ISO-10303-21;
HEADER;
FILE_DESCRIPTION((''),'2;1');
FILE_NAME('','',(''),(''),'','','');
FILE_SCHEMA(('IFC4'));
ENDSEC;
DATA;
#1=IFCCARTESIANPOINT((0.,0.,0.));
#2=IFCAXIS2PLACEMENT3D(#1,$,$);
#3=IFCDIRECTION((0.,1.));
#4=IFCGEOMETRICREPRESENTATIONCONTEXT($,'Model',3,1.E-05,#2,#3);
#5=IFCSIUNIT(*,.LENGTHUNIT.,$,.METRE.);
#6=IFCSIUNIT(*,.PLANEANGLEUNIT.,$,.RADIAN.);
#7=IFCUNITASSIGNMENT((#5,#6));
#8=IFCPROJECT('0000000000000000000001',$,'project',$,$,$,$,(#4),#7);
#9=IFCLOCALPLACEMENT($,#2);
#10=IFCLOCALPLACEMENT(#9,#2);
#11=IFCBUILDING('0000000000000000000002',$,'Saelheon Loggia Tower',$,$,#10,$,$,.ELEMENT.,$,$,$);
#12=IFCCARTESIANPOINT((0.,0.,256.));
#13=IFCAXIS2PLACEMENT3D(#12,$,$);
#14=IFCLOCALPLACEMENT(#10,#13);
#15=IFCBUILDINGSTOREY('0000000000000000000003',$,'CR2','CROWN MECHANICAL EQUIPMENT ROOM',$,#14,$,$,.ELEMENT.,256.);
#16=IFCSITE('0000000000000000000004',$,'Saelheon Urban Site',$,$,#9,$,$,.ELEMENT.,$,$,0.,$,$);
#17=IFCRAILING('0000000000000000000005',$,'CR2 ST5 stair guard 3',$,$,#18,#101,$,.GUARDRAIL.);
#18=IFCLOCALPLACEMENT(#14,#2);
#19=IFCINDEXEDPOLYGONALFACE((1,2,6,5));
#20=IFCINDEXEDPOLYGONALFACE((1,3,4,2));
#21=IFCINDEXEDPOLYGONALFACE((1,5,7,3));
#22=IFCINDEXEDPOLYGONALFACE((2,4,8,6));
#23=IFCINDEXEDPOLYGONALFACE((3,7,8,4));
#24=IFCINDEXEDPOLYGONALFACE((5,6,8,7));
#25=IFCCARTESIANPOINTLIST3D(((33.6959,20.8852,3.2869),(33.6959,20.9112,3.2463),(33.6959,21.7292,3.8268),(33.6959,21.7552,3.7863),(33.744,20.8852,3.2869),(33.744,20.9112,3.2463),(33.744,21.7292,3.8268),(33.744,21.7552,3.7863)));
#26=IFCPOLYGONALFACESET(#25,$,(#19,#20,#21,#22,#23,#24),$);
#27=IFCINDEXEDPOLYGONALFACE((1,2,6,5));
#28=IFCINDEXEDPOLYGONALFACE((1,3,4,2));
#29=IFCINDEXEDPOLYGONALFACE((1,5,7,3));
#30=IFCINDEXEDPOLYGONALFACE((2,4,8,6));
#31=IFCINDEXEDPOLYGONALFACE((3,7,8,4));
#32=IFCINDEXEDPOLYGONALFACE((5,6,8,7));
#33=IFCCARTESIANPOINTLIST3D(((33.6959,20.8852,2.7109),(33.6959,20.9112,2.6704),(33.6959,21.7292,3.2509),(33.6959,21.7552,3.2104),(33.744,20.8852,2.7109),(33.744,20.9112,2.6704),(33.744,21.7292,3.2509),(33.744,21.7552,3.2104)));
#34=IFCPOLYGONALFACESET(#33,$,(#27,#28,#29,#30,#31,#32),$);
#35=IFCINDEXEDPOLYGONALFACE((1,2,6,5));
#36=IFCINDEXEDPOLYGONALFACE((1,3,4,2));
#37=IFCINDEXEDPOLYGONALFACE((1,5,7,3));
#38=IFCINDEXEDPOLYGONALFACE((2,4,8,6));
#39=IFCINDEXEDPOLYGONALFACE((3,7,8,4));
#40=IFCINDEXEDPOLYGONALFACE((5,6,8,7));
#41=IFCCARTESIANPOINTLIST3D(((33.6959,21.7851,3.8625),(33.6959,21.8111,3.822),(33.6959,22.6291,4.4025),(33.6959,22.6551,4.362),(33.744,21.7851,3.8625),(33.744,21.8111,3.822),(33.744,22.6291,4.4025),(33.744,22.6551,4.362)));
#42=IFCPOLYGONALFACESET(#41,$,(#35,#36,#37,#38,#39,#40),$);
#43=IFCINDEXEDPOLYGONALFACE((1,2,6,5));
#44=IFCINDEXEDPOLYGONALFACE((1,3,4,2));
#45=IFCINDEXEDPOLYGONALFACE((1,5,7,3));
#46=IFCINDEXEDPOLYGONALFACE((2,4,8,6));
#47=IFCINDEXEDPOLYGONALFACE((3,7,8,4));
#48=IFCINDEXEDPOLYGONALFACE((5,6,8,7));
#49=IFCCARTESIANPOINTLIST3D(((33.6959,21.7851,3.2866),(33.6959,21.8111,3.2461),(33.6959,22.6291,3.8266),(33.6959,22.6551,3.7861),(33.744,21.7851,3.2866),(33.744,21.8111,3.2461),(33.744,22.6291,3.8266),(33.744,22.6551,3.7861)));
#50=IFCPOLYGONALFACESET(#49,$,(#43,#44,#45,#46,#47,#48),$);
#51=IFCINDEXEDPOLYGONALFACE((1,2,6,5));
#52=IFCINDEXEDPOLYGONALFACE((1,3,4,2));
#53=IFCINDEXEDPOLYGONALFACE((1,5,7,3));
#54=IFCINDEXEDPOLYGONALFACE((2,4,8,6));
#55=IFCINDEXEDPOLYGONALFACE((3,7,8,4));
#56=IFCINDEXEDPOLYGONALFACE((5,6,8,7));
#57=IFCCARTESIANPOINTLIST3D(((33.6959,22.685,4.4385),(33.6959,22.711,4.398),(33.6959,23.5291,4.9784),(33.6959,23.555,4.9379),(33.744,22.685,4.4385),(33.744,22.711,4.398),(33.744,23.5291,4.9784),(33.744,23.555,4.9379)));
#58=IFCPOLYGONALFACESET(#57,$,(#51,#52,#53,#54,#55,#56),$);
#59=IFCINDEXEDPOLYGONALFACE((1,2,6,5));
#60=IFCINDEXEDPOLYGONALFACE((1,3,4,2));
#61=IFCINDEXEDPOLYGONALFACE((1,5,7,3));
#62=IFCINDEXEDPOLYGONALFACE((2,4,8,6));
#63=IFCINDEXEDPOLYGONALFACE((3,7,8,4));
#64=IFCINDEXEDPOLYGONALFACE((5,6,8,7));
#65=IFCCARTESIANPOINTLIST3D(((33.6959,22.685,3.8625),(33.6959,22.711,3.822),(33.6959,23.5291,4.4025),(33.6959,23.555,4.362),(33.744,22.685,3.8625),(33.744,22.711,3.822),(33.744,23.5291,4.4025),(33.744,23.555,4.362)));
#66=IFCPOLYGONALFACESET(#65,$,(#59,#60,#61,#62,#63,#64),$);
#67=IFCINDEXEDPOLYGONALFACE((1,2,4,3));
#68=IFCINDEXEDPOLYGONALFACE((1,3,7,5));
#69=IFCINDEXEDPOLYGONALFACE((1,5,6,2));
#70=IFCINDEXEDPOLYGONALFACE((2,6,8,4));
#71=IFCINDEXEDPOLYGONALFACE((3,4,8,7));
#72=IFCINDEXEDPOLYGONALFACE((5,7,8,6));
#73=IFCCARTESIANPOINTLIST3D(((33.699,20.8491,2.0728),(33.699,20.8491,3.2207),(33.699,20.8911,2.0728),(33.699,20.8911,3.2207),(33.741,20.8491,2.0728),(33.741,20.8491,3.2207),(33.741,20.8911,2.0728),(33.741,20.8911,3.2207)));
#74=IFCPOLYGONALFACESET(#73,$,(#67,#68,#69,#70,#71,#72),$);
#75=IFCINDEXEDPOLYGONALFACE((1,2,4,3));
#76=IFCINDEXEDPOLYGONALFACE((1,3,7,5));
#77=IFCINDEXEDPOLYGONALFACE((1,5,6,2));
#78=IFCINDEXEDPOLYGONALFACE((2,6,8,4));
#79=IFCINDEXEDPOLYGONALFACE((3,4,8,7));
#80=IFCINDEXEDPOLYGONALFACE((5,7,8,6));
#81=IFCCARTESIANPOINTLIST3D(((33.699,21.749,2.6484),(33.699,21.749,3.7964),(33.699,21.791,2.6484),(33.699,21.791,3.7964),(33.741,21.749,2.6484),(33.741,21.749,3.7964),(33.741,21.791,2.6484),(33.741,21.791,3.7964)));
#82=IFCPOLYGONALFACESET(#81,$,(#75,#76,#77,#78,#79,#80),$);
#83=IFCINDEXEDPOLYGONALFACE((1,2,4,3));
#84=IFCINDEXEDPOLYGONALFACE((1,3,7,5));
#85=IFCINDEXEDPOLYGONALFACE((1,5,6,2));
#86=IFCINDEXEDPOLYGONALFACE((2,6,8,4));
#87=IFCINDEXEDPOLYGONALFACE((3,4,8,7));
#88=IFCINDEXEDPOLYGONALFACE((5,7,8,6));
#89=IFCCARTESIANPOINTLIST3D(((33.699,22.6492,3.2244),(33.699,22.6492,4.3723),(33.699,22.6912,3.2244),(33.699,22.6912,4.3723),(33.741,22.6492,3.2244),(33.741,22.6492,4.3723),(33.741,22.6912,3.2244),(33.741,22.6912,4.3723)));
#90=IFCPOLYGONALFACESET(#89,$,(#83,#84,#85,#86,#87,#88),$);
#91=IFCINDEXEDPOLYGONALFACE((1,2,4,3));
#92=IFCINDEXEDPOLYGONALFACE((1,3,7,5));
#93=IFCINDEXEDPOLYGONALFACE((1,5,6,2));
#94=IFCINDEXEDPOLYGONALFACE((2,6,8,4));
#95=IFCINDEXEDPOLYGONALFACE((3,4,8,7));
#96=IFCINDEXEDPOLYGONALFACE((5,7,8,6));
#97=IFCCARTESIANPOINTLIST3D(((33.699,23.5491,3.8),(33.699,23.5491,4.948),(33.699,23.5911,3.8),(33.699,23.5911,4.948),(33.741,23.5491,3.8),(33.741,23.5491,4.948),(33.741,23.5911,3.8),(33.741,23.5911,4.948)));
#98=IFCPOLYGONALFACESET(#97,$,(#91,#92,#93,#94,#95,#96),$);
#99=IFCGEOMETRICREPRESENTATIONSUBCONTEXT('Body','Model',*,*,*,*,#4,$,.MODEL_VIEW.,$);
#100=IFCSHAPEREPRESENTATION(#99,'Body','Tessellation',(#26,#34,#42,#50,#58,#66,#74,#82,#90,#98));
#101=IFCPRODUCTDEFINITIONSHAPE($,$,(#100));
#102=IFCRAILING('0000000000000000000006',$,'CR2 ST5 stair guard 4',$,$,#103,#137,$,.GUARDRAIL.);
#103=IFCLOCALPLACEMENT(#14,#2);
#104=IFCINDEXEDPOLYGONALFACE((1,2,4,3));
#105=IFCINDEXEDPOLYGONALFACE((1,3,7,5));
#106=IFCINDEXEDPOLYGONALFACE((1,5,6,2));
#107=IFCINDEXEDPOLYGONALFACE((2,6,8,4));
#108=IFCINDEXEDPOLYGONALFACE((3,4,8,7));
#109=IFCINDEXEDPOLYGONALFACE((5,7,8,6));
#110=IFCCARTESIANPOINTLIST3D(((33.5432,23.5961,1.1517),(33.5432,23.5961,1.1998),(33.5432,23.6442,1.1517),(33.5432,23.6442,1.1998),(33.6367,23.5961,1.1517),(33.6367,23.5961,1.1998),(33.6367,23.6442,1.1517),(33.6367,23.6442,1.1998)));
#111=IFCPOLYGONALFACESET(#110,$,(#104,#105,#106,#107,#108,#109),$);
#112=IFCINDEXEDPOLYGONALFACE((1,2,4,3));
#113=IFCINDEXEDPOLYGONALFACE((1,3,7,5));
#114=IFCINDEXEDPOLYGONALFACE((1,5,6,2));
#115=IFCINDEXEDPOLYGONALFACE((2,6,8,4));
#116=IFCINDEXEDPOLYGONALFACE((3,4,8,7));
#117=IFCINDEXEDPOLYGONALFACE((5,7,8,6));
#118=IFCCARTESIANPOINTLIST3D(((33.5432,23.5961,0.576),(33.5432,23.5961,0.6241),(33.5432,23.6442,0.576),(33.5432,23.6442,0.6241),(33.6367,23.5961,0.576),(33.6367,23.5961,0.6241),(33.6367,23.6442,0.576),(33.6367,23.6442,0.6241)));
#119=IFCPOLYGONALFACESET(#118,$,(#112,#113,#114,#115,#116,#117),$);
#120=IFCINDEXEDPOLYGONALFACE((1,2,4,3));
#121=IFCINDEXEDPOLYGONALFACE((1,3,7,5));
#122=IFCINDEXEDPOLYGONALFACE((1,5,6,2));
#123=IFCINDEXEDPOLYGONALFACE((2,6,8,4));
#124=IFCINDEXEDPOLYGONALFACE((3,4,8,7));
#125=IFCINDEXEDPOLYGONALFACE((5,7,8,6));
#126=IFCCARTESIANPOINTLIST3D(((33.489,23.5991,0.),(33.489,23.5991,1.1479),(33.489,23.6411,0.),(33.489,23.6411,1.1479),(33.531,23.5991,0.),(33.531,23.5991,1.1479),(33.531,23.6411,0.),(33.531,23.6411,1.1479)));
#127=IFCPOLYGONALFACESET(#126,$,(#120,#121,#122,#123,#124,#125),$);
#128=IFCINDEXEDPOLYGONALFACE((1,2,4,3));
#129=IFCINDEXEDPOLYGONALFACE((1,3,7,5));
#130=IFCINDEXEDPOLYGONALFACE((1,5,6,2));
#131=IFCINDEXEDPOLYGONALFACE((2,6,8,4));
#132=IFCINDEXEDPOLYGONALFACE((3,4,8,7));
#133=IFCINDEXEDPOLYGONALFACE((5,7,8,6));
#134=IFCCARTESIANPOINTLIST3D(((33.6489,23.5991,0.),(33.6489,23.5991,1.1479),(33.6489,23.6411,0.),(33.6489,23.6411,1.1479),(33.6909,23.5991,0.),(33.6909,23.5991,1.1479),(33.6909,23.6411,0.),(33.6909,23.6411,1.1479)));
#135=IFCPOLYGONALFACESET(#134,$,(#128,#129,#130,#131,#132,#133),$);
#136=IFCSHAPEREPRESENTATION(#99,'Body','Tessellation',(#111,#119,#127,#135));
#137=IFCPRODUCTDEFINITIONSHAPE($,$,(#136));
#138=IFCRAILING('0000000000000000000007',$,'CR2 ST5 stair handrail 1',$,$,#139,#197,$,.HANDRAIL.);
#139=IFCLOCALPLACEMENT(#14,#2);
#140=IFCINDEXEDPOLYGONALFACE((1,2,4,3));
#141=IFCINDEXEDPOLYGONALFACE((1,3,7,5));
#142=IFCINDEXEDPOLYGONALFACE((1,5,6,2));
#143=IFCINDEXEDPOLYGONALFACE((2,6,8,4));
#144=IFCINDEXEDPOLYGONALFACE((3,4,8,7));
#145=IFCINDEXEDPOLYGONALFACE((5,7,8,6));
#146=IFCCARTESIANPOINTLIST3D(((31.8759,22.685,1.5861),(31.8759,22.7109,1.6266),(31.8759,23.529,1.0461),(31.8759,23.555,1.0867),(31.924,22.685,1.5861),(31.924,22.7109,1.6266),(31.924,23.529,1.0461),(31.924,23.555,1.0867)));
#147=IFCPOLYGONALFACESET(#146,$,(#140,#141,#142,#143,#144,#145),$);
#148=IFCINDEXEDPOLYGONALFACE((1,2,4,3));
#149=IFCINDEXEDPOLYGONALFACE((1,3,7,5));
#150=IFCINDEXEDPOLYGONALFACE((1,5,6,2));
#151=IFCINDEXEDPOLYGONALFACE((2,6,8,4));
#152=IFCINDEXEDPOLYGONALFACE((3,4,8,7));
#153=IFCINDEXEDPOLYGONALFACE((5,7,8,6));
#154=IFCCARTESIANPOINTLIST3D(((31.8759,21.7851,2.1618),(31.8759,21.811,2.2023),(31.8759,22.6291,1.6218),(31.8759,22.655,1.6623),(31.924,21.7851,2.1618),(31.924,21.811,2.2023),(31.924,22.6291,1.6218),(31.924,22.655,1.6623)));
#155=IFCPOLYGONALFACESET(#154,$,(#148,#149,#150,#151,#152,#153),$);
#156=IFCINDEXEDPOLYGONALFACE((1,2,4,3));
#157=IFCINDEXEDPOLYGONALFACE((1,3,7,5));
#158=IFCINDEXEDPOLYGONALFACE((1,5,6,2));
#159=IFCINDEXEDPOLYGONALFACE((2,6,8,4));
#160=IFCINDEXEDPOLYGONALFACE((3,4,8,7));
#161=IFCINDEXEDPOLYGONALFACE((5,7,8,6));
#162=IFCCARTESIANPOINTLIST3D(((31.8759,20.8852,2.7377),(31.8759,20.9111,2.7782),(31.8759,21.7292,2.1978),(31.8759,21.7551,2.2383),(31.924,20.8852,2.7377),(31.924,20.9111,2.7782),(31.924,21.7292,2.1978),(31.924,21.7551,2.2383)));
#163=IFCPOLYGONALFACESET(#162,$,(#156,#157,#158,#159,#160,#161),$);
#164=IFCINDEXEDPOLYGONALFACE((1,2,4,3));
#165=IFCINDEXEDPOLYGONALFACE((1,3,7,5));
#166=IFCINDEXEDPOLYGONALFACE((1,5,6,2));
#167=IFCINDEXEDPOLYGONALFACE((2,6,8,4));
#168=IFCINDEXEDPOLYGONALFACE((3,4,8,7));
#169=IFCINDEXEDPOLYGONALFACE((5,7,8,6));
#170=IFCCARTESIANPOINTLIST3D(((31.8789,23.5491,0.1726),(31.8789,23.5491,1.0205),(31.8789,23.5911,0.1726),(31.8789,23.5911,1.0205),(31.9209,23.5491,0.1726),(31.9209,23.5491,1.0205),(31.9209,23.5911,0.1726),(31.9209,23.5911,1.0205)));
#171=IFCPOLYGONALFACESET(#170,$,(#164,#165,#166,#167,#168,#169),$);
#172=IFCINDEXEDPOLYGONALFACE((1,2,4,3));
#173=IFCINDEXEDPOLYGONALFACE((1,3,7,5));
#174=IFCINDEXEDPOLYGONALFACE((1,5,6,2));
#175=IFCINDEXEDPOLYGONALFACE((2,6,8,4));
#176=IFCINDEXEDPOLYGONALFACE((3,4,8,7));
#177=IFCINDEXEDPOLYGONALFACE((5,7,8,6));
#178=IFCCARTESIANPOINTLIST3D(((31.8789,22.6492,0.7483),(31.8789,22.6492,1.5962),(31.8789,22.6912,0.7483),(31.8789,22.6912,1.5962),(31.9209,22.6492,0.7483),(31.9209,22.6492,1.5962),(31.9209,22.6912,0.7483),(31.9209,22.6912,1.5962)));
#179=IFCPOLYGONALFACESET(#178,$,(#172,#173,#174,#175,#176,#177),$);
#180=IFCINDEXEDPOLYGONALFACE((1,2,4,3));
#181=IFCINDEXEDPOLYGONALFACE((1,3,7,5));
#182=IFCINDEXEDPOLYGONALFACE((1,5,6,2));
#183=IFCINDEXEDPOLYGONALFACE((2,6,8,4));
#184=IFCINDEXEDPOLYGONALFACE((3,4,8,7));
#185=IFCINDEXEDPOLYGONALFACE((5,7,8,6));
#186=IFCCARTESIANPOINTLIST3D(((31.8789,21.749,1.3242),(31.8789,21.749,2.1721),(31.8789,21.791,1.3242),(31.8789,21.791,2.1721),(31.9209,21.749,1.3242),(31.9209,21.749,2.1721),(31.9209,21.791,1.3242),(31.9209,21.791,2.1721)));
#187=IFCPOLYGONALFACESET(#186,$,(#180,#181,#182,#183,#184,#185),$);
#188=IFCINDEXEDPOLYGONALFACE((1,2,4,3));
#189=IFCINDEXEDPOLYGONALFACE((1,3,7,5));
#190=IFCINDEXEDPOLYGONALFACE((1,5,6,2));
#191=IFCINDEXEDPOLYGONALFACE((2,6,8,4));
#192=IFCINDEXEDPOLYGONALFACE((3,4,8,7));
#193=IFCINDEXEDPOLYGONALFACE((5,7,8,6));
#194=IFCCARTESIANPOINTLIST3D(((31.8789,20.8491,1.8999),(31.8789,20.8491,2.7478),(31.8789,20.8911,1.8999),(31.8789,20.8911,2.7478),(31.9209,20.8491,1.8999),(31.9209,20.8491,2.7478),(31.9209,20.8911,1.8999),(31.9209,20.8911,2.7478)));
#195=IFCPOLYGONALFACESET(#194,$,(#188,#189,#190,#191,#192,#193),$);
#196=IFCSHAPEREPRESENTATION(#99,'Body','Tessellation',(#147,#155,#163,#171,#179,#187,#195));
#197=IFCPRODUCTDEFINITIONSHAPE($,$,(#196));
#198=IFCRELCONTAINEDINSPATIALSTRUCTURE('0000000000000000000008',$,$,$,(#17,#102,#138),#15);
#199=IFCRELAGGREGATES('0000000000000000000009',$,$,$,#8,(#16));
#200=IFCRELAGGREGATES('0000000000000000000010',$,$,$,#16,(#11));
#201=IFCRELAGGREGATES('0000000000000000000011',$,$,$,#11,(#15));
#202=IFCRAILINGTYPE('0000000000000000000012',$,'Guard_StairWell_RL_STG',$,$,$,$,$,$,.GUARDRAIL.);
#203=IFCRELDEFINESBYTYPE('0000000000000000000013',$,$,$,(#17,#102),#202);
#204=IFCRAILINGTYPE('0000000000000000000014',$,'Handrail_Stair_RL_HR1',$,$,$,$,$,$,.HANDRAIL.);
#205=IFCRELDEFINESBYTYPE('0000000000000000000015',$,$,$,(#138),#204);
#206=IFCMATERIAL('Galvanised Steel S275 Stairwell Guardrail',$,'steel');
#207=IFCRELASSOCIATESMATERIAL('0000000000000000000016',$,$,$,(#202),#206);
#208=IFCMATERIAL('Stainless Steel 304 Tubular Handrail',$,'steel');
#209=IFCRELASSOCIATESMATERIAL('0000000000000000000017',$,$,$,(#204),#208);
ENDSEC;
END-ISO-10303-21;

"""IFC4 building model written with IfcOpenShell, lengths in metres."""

from ifc_helpers import new_model, si_unit, direction, frame, origin, origin_2d, place, context, subcontext, project, spatial, rectangle, extrude, material, type_object, element, save


model = new_model("IFC4")

# Units and contexts
model_context = context("Model", 3, precision=1e-05, world=origin(), true_north=direction((0.0, 1.0)))
body_context = subcontext(model_context, "Body", "Model", "MODEL_VIEW")
ifc_project = project(units=[si_unit("LENGTHUNIT", "METRE"), si_unit("PLANEANGLEUNIT", "RADIAN")], contexts=[model_context])

# Site, building, storey
site_placement = place(None, origin())
site = spatial("IfcSite", under=ifc_project, at=site_placement, Name="Saelheon Urban Site", CompositionType="ELEMENT", RefElevation=0.0)
building_placement = place(site_placement, origin())
building = spatial("IfcBuilding", under=site, at=building_placement, Name="Saelheon Loggia Tower", CompositionType="ELEMENT")
storey_placement = place(building_placement, frame((0.0, 0.0, 256.0)))
storey = spatial("IfcBuildingStorey", under=building, at=storey_placement, Name="CR2", Description="CROWN MECHANICAL EQUIPMENT ROOM", CompositionType="ELEMENT", Elevation=256.0)

# Railings
ifc_material_1 = material(Name="Galvanised Steel S275 Stairwell Guardrail", Category="steel")
railing_type_1 = type_object("IfcRailingType", Name="Guard_StairWell_RL_STG", PredefinedType="GUARDRAIL", material=ifc_material_1)
railing_1_placement = place(storey_placement, frame((33.72, 20.8701, 2.0728)))
element("IfcRailing", 1, at=railing_1_placement, inside=storey, type_object=railing_type_1, Name="CR2 ST5 stair guard 3", PredefinedType="GUARDRAIL", context=body_context, shape_type="SweptSolid", body=[
    extrude(rectangle(XDim=0.0481, YDim=0.0481, at=origin_2d()), frame((0.0, 0.0281, 1.1938), z_axis=(0.0, 0.842367, 0.538905), x_axis=(-1.0, 0.0, 0.0)), (0.0, 0.0, 1.0), 1.002),
    extrude(rectangle(XDim=0.0481, YDim=0.0481, at=origin_2d()), frame((0.0, 0.0281, 0.6179), z_axis=(0.0, 0.842367, 0.538905), x_axis=(-1.0, 0.0, 0.0)), (0.0, 0.0, 1.0), 1.002),
    extrude(rectangle(XDim=0.0481, YDim=0.0481, at=origin_2d()), frame((0.0, 0.928, 1.7695), z_axis=(0.0, 0.842367, 0.538905), x_axis=(-1.0, 0.0, 0.0)), (0.0, 0.0, 1.0), 1.002),
    extrude(rectangle(XDim=0.0481, YDim=0.0481, at=origin_2d()), frame((0.0, 0.928, 1.1936), z_axis=(0.0, 0.842367, 0.538905), x_axis=(-1.0, 0.0, 0.0)), (0.0, 0.0, 1.0), 1.002),
    extrude(rectangle(XDim=0.0481, YDim=0.0481, at=origin_2d()), frame((0.0, 1.8279, 2.3455), z_axis=(0.0, 0.842367, 0.538905), x_axis=(-1.0, 0.0, 0.0)), (0.0, 0.0, 1.0), 1.002),
    extrude(rectangle(XDim=0.0481, YDim=0.0481, at=origin_2d()), frame((0.0, 1.8279, 1.7695), z_axis=(0.0, 0.842367, 0.538905), x_axis=(-1.0, 0.0, 0.0)), (0.0, 0.0, 1.0), 1.002),
    extrude(rectangle(XDim=0.042, YDim=0.042, at=origin_2d()), origin(), (0.0, 0.0, 1.0), 1.1479),
    extrude(rectangle(XDim=0.042, YDim=0.042, at=origin_2d()), frame((0.0, 0.8999, 0.5757)), (0.0, 0.0, 1.0), 1.1479),
    extrude(rectangle(XDim=0.042, YDim=0.042, at=origin_2d()), frame((0.0, 1.8, 1.1516)), (0.0, 0.0, 1.0), 1.1479),
    extrude(rectangle(XDim=0.042, YDim=0.042, at=origin_2d()), frame((0.0, 2.7, 1.7273)), (0.0, 0.0, 1.0), 1.1479),
])
railing_2_placement = place(storey_placement, frame((33.51, 23.6201, 0.0)))
element("IfcRailing", 2, at=railing_2_placement, inside=storey, type_object=railing_type_1, Name="CR2 ST5 stair guard 4", PredefinedType="GUARDRAIL", context=body_context, shape_type="SweptSolid", body=[
    extrude(rectangle(XDim=0.0481, YDim=0.0481, at=origin_2d()), frame((0.0332, 0.0, 1.1758), z_axis=(1.0, 0.0, 0.0), x_axis=(0.0, 1.0, 0.0)), (0.0, 0.0, 1.0), 0.0935),
    extrude(rectangle(XDim=0.0481, YDim=0.0481, at=origin_2d()), frame((0.0332, 0.0, 0.6001), z_axis=(1.0, 0.0, 0.0), x_axis=(0.0, 1.0, 0.0)), (0.0, 0.0, 1.0), 0.0935),
    extrude(rectangle(XDim=0.042, YDim=0.042, at=origin_2d()), origin(), (0.0, 0.0, 1.0), 1.1479),
    extrude(rectangle(XDim=0.042, YDim=0.042, at=origin_2d()), frame((0.1599, 0.0, 0.0)), (0.0, 0.0, 1.0), 1.1479),
])
ifc_material_2 = material(Name="Stainless Steel 304 Tubular Handrail", Category="steel")
railing_type_2 = type_object("IfcRailingType", Name="Handrail_Stair_RL_HR1", PredefinedType="HANDRAIL", material=ifc_material_2)
railing_3_placement = place(storey_placement, frame((31.8999, 23.5701, 0.1726)))
element("IfcRailing", 3, at=railing_3_placement, inside=storey, type_object=railing_type_2, Name="CR2 ST5 stair handrail 1", PredefinedType="HANDRAIL", context=body_context, shape_type="SweptSolid", body=[
    extrude(rectangle(XDim=0.0481, YDim=0.0481, at=origin_2d()), frame((0.0, -0.0281, 0.8938), z_axis=(0.0, -0.842367, 0.538905), x_axis=(1.0, 0.0, 0.0)), (0.0, 0.0, 1.0), 1.002),
    extrude(rectangle(XDim=0.0481, YDim=0.0481, at=origin_2d()), frame((0.0, -0.928, 1.4695), z_axis=(0.0, -0.842367, 0.538905), x_axis=(1.0, 0.0, 0.0)), (0.0, 0.0, 1.0), 1.002),
    extrude(rectangle(XDim=0.0481, YDim=0.0481, at=origin_2d()), frame((0.0, -1.8279, 2.0454), z_axis=(0.0, -0.842367, 0.538905), x_axis=(1.0, 0.0, 0.0)), (0.0, 0.0, 1.0), 1.002),
    extrude(rectangle(XDim=0.042, YDim=0.042, at=origin_2d()), origin(), (0.0, 0.0, 1.0), 0.8479),
    extrude(rectangle(XDim=0.042, YDim=0.042, at=origin_2d()), frame((0.0, -0.8999, 0.5757)), (0.0, 0.0, 1.0), 0.8479),
    extrude(rectangle(XDim=0.042, YDim=0.042, at=origin_2d()), frame((0.0, -1.8, 1.1516)), (0.0, 0.0, 1.0), 0.8479),
    extrude(rectangle(XDim=0.042, YDim=0.042, at=origin_2d()), frame((0.0, -2.7, 1.7273)), (0.0, 0.0, 1.0), 0.8479),
])

save(model, "model.ifc")
